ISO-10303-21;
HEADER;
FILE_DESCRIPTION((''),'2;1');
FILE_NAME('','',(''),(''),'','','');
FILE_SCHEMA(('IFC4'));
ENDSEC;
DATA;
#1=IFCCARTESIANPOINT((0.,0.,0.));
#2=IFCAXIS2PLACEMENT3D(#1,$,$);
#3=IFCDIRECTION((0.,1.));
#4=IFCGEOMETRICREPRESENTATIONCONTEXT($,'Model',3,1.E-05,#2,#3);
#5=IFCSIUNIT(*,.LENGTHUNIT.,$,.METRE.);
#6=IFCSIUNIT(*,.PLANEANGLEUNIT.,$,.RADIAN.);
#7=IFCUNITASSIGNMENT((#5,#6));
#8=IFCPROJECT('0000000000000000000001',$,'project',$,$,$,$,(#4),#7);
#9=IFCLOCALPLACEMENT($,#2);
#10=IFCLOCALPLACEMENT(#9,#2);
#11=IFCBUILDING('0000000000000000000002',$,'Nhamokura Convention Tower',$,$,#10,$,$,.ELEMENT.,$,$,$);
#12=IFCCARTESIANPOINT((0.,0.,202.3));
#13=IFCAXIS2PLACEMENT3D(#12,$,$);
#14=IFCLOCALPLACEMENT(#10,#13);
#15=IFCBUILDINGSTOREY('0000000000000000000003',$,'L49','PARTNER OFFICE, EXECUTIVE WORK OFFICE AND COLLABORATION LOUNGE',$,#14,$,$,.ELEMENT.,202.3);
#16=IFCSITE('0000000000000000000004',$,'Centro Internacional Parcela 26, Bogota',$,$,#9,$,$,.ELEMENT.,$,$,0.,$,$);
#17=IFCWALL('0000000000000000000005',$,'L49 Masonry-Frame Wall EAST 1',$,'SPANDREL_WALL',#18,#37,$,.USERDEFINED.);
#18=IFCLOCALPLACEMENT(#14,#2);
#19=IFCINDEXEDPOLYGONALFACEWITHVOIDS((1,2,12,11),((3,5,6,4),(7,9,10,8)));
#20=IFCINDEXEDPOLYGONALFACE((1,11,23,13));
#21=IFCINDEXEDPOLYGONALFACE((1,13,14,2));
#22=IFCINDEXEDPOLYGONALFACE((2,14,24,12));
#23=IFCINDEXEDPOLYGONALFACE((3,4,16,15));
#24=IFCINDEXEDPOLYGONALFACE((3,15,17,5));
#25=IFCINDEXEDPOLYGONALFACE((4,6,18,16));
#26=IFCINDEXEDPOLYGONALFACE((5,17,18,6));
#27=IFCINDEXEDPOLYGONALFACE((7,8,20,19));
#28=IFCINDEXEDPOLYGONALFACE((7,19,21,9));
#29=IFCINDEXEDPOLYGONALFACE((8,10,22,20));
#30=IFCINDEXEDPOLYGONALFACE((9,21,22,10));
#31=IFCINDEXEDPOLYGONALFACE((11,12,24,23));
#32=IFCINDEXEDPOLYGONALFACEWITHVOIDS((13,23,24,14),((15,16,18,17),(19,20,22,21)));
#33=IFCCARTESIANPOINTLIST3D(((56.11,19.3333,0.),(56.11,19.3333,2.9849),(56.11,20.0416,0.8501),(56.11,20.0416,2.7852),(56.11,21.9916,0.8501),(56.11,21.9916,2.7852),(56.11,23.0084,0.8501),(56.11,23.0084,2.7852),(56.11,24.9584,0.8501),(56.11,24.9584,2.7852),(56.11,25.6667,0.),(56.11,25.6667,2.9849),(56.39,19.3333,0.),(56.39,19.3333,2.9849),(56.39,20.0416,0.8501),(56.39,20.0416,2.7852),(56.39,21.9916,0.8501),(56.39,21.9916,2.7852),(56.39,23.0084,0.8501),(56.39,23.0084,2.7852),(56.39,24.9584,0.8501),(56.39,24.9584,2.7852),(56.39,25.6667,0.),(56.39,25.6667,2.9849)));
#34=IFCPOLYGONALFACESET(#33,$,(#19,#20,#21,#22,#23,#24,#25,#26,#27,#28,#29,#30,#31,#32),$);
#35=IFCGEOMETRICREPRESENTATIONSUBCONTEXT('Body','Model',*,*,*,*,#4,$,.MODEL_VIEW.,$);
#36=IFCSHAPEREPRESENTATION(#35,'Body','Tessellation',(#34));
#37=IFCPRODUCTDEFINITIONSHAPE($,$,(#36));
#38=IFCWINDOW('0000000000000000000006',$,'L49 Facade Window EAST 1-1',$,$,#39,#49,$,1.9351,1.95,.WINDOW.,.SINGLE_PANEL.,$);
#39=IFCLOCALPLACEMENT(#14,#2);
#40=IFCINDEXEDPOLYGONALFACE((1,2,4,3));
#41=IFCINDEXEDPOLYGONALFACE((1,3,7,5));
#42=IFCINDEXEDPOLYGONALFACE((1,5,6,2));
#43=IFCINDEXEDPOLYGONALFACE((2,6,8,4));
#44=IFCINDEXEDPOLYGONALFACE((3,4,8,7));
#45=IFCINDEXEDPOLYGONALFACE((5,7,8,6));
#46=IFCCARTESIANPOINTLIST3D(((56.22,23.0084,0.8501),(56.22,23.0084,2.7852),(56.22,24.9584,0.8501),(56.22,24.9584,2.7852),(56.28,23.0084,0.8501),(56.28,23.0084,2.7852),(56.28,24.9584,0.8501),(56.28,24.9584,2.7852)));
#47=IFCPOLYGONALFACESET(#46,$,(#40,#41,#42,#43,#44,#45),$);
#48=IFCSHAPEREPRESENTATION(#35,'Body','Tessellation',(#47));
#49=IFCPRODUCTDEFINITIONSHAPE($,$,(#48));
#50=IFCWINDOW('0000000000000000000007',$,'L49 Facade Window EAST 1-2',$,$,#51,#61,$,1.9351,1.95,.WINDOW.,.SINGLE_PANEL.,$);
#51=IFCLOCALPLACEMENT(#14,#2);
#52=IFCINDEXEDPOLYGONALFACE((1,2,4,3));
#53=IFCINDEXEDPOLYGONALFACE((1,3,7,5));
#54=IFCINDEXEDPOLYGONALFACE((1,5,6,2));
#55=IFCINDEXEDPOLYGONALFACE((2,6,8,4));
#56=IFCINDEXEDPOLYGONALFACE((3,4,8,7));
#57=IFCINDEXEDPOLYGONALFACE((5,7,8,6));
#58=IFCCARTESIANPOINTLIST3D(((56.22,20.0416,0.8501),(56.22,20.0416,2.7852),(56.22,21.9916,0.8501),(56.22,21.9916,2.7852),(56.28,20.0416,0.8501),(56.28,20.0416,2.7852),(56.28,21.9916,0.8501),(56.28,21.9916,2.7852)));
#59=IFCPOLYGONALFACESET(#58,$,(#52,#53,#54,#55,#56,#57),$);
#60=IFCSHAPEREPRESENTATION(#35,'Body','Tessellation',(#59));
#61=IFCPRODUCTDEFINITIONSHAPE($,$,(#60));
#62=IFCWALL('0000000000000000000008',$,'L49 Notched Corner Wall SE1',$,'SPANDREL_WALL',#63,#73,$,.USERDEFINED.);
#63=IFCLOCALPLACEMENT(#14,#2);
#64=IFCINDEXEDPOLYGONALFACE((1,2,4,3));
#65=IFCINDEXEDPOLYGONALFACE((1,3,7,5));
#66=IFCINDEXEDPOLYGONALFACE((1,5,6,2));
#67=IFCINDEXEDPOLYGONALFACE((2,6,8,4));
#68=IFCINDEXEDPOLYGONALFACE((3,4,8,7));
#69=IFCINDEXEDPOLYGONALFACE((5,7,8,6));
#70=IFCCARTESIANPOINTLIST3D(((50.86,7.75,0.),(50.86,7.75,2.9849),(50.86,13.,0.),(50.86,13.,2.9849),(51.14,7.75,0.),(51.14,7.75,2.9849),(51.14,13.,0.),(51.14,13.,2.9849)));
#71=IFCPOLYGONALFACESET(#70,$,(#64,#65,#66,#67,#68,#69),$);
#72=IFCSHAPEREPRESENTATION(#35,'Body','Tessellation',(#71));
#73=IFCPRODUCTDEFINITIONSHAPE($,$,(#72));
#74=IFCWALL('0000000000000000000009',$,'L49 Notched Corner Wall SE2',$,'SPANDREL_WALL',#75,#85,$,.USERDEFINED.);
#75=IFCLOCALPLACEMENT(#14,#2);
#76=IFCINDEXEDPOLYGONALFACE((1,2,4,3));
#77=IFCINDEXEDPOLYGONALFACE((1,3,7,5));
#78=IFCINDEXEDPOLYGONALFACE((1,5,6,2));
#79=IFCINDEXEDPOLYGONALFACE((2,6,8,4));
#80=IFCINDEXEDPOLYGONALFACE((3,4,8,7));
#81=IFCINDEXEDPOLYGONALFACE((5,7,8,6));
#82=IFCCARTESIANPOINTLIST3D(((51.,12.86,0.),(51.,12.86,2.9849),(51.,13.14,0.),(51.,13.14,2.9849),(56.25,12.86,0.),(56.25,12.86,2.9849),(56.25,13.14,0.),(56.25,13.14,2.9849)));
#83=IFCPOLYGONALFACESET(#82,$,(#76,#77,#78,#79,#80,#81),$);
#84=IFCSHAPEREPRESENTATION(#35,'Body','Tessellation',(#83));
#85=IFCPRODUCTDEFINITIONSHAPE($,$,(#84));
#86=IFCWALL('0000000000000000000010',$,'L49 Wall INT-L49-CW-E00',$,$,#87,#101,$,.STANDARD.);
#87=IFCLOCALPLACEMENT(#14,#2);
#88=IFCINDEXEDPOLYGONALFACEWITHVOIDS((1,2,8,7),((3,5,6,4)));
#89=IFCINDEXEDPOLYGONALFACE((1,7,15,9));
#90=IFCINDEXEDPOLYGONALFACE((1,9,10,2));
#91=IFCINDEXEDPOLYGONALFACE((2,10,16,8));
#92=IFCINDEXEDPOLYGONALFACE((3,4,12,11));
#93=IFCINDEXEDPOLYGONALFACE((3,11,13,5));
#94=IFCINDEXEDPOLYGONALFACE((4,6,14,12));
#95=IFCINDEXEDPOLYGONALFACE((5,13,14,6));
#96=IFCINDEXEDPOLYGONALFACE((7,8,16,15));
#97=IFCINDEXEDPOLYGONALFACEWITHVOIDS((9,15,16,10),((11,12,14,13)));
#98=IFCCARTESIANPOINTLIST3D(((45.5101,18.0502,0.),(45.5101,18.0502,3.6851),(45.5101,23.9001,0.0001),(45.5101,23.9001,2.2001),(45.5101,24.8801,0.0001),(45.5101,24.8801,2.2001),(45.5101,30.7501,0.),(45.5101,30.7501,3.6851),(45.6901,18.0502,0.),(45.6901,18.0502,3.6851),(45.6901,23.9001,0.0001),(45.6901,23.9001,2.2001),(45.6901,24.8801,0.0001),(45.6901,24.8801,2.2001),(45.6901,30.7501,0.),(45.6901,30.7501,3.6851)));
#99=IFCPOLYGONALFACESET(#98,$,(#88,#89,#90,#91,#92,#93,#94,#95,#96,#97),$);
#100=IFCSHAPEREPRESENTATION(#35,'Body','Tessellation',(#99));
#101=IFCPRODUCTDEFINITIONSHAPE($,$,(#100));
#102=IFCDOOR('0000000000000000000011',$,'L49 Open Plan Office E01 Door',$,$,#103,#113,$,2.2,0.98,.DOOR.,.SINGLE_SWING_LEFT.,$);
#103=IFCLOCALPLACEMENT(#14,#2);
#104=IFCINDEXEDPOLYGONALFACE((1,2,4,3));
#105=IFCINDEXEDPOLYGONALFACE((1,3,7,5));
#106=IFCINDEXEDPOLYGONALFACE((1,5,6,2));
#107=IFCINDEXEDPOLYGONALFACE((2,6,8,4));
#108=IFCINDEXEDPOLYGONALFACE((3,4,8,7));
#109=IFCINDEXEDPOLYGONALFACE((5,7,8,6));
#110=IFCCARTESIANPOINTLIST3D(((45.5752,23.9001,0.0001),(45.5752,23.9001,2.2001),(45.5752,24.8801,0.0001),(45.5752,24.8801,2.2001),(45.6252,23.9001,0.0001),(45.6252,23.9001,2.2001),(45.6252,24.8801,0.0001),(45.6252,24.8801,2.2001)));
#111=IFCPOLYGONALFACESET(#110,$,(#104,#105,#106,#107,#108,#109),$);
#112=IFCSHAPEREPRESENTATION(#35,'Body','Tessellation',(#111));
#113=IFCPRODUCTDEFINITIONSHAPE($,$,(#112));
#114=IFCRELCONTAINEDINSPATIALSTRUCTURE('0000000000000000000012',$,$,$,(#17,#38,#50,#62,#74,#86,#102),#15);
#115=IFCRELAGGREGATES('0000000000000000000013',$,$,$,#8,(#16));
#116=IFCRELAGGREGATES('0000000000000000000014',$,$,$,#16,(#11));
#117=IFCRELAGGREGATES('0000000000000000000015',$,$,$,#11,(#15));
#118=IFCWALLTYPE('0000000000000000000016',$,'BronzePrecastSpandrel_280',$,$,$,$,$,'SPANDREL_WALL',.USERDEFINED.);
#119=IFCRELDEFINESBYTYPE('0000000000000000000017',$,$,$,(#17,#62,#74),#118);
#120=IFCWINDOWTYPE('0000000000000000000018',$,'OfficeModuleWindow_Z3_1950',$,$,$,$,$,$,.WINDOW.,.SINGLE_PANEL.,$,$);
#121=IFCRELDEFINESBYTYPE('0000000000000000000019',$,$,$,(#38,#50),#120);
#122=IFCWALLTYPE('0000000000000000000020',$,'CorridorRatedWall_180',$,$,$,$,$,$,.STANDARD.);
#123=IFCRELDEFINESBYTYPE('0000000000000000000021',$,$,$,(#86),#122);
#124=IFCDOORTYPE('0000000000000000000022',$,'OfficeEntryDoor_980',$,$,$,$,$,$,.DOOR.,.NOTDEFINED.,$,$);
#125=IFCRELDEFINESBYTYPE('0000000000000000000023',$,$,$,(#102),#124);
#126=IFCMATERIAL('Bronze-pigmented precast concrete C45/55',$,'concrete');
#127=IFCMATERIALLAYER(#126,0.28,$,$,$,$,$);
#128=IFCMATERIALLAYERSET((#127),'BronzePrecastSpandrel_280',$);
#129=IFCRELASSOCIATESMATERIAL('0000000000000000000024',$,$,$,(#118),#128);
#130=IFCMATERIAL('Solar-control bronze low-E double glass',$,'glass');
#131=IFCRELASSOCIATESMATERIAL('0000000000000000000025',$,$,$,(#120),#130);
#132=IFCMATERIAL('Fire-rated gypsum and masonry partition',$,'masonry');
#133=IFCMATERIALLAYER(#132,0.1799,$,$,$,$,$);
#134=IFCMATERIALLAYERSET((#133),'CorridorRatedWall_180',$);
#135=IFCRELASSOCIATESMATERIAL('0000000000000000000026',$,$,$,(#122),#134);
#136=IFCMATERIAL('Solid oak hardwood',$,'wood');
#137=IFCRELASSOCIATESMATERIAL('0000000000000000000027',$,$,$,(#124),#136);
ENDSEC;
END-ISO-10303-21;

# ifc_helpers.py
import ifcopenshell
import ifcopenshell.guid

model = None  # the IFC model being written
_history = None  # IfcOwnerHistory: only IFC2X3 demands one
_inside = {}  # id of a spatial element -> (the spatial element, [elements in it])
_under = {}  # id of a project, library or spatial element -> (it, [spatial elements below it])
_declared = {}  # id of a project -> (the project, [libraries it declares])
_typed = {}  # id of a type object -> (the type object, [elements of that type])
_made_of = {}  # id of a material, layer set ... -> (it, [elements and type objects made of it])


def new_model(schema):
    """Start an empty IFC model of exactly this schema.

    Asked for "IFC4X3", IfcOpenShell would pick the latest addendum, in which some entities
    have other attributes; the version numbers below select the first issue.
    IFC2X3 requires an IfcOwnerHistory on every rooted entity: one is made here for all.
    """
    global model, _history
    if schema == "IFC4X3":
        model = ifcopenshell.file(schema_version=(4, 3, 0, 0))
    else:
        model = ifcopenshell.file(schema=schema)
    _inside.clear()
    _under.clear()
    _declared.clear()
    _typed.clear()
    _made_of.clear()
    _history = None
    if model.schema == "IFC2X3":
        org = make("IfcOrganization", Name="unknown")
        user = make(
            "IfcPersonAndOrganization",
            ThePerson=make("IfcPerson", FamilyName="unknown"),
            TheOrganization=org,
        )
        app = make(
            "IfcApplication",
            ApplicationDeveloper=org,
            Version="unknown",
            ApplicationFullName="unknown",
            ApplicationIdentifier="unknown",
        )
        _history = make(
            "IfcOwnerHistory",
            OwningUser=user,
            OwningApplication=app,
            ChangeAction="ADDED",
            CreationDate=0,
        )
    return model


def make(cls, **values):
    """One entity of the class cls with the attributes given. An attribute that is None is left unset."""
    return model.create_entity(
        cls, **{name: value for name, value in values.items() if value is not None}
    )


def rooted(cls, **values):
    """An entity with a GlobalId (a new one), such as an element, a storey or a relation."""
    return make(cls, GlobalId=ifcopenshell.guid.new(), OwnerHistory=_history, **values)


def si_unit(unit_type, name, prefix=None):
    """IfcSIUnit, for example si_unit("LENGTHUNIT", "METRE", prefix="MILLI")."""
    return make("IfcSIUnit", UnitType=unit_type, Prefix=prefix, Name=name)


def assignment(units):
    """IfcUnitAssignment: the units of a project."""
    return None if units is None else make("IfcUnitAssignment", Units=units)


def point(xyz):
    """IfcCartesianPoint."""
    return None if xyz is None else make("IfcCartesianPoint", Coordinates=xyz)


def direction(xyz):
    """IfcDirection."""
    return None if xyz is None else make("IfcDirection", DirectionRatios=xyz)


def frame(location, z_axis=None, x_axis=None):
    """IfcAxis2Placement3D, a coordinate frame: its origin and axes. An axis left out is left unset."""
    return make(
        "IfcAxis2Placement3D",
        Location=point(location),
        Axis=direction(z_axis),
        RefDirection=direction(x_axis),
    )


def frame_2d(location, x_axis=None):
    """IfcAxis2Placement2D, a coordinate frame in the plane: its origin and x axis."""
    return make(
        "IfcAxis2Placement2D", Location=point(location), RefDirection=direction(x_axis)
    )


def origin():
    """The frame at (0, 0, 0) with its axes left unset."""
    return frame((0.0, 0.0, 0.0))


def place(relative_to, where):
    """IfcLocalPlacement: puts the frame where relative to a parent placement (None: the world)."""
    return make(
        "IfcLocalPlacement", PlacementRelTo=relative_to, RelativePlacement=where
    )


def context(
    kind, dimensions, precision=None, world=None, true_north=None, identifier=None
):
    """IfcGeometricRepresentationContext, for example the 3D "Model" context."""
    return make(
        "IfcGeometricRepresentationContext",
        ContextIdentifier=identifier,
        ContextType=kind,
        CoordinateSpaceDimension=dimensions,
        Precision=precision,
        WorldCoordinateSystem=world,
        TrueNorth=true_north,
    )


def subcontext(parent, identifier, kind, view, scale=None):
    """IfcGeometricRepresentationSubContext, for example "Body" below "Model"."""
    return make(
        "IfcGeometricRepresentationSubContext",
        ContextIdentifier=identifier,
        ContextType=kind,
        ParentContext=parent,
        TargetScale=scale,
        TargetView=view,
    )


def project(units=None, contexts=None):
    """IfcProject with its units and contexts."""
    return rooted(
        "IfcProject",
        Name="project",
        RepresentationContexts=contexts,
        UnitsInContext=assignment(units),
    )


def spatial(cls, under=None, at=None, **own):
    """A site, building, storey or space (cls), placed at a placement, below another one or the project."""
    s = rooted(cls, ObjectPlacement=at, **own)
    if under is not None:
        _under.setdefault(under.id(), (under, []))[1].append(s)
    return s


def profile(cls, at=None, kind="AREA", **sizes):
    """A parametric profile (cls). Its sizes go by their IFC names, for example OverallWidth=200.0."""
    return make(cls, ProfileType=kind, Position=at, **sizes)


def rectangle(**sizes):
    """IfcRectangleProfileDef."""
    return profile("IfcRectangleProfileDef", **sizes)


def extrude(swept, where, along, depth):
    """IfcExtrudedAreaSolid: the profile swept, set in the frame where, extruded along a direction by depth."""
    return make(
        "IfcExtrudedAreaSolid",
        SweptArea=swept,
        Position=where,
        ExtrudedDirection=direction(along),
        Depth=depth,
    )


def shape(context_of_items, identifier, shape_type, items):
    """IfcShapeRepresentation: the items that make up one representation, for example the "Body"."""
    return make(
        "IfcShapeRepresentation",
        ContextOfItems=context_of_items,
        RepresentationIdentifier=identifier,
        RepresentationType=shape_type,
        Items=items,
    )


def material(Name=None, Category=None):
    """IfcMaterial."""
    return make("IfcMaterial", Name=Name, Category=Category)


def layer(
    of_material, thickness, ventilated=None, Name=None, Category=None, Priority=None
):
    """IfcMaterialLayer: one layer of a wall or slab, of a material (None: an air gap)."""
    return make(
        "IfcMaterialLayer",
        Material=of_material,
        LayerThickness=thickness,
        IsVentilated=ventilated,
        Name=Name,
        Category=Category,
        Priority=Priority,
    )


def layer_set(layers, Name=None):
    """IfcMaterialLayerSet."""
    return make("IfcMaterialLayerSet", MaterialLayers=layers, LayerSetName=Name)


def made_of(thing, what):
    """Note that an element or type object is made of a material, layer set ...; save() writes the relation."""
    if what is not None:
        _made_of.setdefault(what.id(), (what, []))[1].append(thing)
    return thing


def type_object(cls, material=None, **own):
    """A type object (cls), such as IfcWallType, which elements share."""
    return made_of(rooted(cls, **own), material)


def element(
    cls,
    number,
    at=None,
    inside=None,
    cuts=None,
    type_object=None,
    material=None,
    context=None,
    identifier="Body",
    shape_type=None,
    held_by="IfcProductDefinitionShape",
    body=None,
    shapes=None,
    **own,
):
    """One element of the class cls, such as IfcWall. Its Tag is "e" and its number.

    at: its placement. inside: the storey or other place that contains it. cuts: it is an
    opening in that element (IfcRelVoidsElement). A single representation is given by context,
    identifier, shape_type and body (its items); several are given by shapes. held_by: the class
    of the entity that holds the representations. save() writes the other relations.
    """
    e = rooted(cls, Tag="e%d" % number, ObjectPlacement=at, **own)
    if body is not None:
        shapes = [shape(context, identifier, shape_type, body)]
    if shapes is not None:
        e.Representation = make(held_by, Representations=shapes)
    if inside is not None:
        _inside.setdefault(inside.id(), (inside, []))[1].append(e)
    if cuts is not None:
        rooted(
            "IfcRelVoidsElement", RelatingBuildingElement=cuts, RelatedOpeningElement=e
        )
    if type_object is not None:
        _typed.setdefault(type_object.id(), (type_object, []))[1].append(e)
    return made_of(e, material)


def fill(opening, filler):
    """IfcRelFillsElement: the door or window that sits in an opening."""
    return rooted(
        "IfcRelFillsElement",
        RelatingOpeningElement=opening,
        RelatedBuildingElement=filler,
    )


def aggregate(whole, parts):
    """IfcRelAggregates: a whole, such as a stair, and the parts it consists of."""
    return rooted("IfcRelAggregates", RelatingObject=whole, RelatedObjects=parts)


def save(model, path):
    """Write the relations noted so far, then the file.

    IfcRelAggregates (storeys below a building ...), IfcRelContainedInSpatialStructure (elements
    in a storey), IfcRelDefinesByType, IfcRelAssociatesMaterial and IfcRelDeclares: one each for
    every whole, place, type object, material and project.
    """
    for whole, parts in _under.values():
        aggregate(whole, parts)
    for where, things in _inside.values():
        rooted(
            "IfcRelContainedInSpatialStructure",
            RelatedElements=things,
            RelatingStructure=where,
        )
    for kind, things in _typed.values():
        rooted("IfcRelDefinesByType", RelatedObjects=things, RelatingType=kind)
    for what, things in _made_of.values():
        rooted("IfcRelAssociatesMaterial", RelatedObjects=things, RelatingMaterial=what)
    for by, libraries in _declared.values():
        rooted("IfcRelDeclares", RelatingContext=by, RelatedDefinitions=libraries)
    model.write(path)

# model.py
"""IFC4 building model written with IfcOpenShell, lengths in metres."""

from ifc_helpers import new_model, si_unit, direction, frame, frame_2d, origin, place, context, subcontext, project, spatial, rectangle, extrude, material, layer, layer_set, type_object, element, fill, save


model = new_model("IFC4")

# Units and contexts
model_context = context("Model", 3, precision=1e-05, world=origin(), true_north=direction((0.0, 1.0)))
body_context = subcontext(model_context, "Body", "Model", "MODEL_VIEW")
ifc_project = project(units=[si_unit("LENGTHUNIT", "METRE"), si_unit("PLANEANGLEUNIT", "RADIAN")], contexts=[model_context])

# Site, building, storey
site_placement = place(None, origin())
site = spatial("IfcSite", under=ifc_project, at=site_placement, Name="Centro Internacional Parcela 26, Bogota", CompositionType="ELEMENT", RefElevation=0.0)
building_placement = place(site_placement, origin())
building = spatial("IfcBuilding", under=site, at=building_placement, Name="Nhamokura Convention Tower", CompositionType="ELEMENT")
storey_placement = place(building_placement, frame((0.0, 0.0, 202.3)))
storey = spatial("IfcBuildingStorey", under=building, at=storey_placement, Name="L49", Description="PARTNER OFFICE, EXECUTIVE WORK OFFICE AND COLLABORATION LOUNGE", CompositionType="ELEMENT", Elevation=202.3)

# Shared definitions
ifc_material_1 = material(Name="Bronze-pigmented precast concrete C45/55", Category="concrete")
ifc_layer_1 = layer(ifc_material_1, 0.28)
ifc_layer_set_1 = layer_set([ifc_layer_1], Name="BronzePrecastSpandrel_280")
wall_type_1 = type_object("IfcWallType", Name="BronzePrecastSpandrel_280", ElementType="SPANDREL_WALL", PredefinedType="USERDEFINED", material=ifc_layer_set_1)
ifc_material_2 = material(Name="Solar-control bronze low-E double glass", Category="glass")
window_type = type_object("IfcWindowType", Name="OfficeModuleWindow_Z3_1950", PartitioningType="SINGLE_PANEL", PredefinedType="WINDOW", material=ifc_material_2)

# Wall, openings, windows
wall_1_placement = place(storey_placement, frame((56.25, 25.6667, 0.0), z_axis=(0.0, 0.0, 1.0), x_axis=(0.0, -1.0, 0.0)))
wall_1 = element("IfcWall", 1, at=wall_1_placement, inside=storey, type_object=wall_type_1, Name="L49 Masonry-Frame Wall EAST 1", ObjectType="SPANDREL_WALL", PredefinedType="USERDEFINED", context=body_context, shape_type="SweptSolid", body=[
    extrude(rectangle(XDim=6.3335, YDim=0.28, at=frame_2d((3.1667, 0.0))), origin(), (0.0, 0.0, 1.0), 2.9849),
])
opening_1_placement = place(wall_1_placement, frame((0.7083, 0.0, 0.8501)))
opening_1 = element("IfcOpeningElement", 2, at=opening_1_placement, cuts=wall_1, PredefinedType="OPENING", context=body_context, shape_type="SweptSolid", body=[
    extrude(rectangle(XDim=1.95, YDim=1.9351, at=frame_2d((0.9751, 0.9675))), frame((0.0, 0.1499, 0.0), z_axis=(0.0, -1.0, 0.0), x_axis=(1.0, 0.0, 0.0)), (0.0, 0.0, 1.0), 0.3),
])
opening_2_placement = place(wall_1_placement, frame((3.675, 0.0, 0.8501)))
opening_2 = element("IfcOpeningElement", 3, at=opening_2_placement, cuts=wall_1, PredefinedType="OPENING", context=body_context, shape_type="SweptSolid", body=[
    extrude(rectangle(XDim=1.95, YDim=1.9351, at=frame_2d((0.9751, 0.9675))), frame((0.0, 0.1499, 0.0), z_axis=(0.0, -1.0, 0.0), x_axis=(1.0, 0.0, 0.0)), (0.0, 0.0, 1.0), 0.3),
])
window_1_placement = place(opening_1_placement, origin())
window_1 = element("IfcWindow", 4, at=window_1_placement, inside=storey, type_object=window_type, Name="L49 Facade Window EAST 1-1", OverallHeight=1.9351, OverallWidth=1.95, PartitioningType="SINGLE_PANEL", PredefinedType="WINDOW", context=body_context, shape_type="SweptSolid", body=[
    extrude(rectangle(XDim=1.95, YDim=1.9351, at=frame_2d((0.9751, 0.9675))), frame((0.0, 0.03, 0.0), z_axis=(0.0, -1.0, 0.0), x_axis=(1.0, 0.0, 0.0)), (0.0, 0.0, 1.0), 0.0601),
])
fill(opening_1, window_1)
window_2_placement = place(opening_2_placement, origin())
window_2 = element("IfcWindow", 5, at=window_2_placement, inside=storey, type_object=window_type, Name="L49 Facade Window EAST 1-2", OverallHeight=1.9351, OverallWidth=1.95, PartitioningType="SINGLE_PANEL", PredefinedType="WINDOW", context=body_context, shape_type="SweptSolid", body=[
    extrude(rectangle(XDim=1.95, YDim=1.9351, at=frame_2d((0.9751, 0.9675))), frame((0.0, 0.03, 0.0), z_axis=(0.0, -1.0, 0.0), x_axis=(1.0, 0.0, 0.0)), (0.0, 0.0, 1.0), 0.0601),
])
fill(opening_2, window_2)

# Walls
for number, where, z_axis, x_axis, name in (
    (6, (51.0, 13.0, 0.0), (0.0, 0.0, 1.0), (0.0, -1.0, 0.0), "L49 Notched Corner Wall SE1"),
    (7, (56.25, 13.0, 0.0), (0.0, 0.0, 1.0), (-1.0, 0.0, 0.0), "L49 Notched Corner Wall SE2"),
):
    element("IfcWall", number, at=place(storey_placement, frame(where, z_axis=z_axis, x_axis=x_axis)), inside=storey, type_object=wall_type_1, Name=name, ObjectType="SPANDREL_WALL", PredefinedType="USERDEFINED", context=body_context, shape_type="SweptSolid", body=[
        extrude(rectangle(XDim=5.25, YDim=0.28, at=frame_2d((2.625, 0.0))), origin(), (0.0, 0.0, 1.0), 2.9849),
    ])

# Wall, opening, door
ifc_material_3 = material(Name="Fire-rated gypsum and masonry partition", Category="masonry")
ifc_layer_2 = layer(ifc_material_3, 0.1799)
ifc_layer_set_2 = layer_set([ifc_layer_2], Name="CorridorRatedWall_180")
wall_type_2 = type_object("IfcWallType", Name="CorridorRatedWall_180", PredefinedType="STANDARD", material=ifc_layer_set_2)
wall_2_placement = place(storey_placement, frame((45.6001, 18.05, 0.0), z_axis=(0.0, 0.0, 1.0), x_axis=(0.0, 1.0, 0.0)))
wall_2 = element("IfcWall", 8, at=wall_2_placement, inside=storey, type_object=wall_type_2, Name="L49 Wall INT-L49-CW-E00", PredefinedType="STANDARD", context=body_context, shape_type="SweptSolid", body=[
    extrude(rectangle(XDim=12.7, YDim=0.1799, at=frame_2d((6.3501, 0.0))), origin(), (0.0, 0.0, 1.0), 3.6851),
])
opening_3_placement = place(wall_2_placement, frame((5.8501, 0.0, 0.0)))
opening_3 = element("IfcOpeningElement", 9, at=opening_3_placement, cuts=wall_2, PredefinedType="OPENING", context=body_context, shape_type="SweptSolid", body=[
    extrude(rectangle(XDim=0.98, YDim=2.2, at=frame_2d((0.49, 1.1001))), frame((0.0, 0.0999, 0.0), z_axis=(0.0, -1.0, 0.0), x_axis=(1.0, 0.0, 0.0)), (0.0, 0.0, 1.0), 0.2),
])
ifc_material_4 = material(Name="Solid oak hardwood", Category="wood")
door_type_1 = type_object("IfcDoorType", Name="OfficeEntryDoor_980", OperationType="NOTDEFINED", PredefinedType="DOOR", material=ifc_material_4)
door_1_placement = place(opening_3_placement, origin())
door_1 = element("IfcDoor", 10, at=door_1_placement, inside=storey, type_object=door_type_1, Name="L49 Open Plan Office E01 Door", OperationType="SINGLE_SWING_LEFT", OverallHeight=2.2, OverallWidth=0.98, PredefinedType="DOOR", context=body_context, shape_type="SweptSolid", body=[
    extrude(rectangle(XDim=0.98, YDim=2.2, at=frame_2d((0.49, 1.1001))), frame((0.0, 0.0249, 0.0), z_axis=(0.0, -1.0, 0.0), x_axis=(1.0, 0.0, 0.0)), (0.0, 0.0, 1.0), 0.05),
])
fill(opening_3, door_1)

save(model, "model.ifc")
